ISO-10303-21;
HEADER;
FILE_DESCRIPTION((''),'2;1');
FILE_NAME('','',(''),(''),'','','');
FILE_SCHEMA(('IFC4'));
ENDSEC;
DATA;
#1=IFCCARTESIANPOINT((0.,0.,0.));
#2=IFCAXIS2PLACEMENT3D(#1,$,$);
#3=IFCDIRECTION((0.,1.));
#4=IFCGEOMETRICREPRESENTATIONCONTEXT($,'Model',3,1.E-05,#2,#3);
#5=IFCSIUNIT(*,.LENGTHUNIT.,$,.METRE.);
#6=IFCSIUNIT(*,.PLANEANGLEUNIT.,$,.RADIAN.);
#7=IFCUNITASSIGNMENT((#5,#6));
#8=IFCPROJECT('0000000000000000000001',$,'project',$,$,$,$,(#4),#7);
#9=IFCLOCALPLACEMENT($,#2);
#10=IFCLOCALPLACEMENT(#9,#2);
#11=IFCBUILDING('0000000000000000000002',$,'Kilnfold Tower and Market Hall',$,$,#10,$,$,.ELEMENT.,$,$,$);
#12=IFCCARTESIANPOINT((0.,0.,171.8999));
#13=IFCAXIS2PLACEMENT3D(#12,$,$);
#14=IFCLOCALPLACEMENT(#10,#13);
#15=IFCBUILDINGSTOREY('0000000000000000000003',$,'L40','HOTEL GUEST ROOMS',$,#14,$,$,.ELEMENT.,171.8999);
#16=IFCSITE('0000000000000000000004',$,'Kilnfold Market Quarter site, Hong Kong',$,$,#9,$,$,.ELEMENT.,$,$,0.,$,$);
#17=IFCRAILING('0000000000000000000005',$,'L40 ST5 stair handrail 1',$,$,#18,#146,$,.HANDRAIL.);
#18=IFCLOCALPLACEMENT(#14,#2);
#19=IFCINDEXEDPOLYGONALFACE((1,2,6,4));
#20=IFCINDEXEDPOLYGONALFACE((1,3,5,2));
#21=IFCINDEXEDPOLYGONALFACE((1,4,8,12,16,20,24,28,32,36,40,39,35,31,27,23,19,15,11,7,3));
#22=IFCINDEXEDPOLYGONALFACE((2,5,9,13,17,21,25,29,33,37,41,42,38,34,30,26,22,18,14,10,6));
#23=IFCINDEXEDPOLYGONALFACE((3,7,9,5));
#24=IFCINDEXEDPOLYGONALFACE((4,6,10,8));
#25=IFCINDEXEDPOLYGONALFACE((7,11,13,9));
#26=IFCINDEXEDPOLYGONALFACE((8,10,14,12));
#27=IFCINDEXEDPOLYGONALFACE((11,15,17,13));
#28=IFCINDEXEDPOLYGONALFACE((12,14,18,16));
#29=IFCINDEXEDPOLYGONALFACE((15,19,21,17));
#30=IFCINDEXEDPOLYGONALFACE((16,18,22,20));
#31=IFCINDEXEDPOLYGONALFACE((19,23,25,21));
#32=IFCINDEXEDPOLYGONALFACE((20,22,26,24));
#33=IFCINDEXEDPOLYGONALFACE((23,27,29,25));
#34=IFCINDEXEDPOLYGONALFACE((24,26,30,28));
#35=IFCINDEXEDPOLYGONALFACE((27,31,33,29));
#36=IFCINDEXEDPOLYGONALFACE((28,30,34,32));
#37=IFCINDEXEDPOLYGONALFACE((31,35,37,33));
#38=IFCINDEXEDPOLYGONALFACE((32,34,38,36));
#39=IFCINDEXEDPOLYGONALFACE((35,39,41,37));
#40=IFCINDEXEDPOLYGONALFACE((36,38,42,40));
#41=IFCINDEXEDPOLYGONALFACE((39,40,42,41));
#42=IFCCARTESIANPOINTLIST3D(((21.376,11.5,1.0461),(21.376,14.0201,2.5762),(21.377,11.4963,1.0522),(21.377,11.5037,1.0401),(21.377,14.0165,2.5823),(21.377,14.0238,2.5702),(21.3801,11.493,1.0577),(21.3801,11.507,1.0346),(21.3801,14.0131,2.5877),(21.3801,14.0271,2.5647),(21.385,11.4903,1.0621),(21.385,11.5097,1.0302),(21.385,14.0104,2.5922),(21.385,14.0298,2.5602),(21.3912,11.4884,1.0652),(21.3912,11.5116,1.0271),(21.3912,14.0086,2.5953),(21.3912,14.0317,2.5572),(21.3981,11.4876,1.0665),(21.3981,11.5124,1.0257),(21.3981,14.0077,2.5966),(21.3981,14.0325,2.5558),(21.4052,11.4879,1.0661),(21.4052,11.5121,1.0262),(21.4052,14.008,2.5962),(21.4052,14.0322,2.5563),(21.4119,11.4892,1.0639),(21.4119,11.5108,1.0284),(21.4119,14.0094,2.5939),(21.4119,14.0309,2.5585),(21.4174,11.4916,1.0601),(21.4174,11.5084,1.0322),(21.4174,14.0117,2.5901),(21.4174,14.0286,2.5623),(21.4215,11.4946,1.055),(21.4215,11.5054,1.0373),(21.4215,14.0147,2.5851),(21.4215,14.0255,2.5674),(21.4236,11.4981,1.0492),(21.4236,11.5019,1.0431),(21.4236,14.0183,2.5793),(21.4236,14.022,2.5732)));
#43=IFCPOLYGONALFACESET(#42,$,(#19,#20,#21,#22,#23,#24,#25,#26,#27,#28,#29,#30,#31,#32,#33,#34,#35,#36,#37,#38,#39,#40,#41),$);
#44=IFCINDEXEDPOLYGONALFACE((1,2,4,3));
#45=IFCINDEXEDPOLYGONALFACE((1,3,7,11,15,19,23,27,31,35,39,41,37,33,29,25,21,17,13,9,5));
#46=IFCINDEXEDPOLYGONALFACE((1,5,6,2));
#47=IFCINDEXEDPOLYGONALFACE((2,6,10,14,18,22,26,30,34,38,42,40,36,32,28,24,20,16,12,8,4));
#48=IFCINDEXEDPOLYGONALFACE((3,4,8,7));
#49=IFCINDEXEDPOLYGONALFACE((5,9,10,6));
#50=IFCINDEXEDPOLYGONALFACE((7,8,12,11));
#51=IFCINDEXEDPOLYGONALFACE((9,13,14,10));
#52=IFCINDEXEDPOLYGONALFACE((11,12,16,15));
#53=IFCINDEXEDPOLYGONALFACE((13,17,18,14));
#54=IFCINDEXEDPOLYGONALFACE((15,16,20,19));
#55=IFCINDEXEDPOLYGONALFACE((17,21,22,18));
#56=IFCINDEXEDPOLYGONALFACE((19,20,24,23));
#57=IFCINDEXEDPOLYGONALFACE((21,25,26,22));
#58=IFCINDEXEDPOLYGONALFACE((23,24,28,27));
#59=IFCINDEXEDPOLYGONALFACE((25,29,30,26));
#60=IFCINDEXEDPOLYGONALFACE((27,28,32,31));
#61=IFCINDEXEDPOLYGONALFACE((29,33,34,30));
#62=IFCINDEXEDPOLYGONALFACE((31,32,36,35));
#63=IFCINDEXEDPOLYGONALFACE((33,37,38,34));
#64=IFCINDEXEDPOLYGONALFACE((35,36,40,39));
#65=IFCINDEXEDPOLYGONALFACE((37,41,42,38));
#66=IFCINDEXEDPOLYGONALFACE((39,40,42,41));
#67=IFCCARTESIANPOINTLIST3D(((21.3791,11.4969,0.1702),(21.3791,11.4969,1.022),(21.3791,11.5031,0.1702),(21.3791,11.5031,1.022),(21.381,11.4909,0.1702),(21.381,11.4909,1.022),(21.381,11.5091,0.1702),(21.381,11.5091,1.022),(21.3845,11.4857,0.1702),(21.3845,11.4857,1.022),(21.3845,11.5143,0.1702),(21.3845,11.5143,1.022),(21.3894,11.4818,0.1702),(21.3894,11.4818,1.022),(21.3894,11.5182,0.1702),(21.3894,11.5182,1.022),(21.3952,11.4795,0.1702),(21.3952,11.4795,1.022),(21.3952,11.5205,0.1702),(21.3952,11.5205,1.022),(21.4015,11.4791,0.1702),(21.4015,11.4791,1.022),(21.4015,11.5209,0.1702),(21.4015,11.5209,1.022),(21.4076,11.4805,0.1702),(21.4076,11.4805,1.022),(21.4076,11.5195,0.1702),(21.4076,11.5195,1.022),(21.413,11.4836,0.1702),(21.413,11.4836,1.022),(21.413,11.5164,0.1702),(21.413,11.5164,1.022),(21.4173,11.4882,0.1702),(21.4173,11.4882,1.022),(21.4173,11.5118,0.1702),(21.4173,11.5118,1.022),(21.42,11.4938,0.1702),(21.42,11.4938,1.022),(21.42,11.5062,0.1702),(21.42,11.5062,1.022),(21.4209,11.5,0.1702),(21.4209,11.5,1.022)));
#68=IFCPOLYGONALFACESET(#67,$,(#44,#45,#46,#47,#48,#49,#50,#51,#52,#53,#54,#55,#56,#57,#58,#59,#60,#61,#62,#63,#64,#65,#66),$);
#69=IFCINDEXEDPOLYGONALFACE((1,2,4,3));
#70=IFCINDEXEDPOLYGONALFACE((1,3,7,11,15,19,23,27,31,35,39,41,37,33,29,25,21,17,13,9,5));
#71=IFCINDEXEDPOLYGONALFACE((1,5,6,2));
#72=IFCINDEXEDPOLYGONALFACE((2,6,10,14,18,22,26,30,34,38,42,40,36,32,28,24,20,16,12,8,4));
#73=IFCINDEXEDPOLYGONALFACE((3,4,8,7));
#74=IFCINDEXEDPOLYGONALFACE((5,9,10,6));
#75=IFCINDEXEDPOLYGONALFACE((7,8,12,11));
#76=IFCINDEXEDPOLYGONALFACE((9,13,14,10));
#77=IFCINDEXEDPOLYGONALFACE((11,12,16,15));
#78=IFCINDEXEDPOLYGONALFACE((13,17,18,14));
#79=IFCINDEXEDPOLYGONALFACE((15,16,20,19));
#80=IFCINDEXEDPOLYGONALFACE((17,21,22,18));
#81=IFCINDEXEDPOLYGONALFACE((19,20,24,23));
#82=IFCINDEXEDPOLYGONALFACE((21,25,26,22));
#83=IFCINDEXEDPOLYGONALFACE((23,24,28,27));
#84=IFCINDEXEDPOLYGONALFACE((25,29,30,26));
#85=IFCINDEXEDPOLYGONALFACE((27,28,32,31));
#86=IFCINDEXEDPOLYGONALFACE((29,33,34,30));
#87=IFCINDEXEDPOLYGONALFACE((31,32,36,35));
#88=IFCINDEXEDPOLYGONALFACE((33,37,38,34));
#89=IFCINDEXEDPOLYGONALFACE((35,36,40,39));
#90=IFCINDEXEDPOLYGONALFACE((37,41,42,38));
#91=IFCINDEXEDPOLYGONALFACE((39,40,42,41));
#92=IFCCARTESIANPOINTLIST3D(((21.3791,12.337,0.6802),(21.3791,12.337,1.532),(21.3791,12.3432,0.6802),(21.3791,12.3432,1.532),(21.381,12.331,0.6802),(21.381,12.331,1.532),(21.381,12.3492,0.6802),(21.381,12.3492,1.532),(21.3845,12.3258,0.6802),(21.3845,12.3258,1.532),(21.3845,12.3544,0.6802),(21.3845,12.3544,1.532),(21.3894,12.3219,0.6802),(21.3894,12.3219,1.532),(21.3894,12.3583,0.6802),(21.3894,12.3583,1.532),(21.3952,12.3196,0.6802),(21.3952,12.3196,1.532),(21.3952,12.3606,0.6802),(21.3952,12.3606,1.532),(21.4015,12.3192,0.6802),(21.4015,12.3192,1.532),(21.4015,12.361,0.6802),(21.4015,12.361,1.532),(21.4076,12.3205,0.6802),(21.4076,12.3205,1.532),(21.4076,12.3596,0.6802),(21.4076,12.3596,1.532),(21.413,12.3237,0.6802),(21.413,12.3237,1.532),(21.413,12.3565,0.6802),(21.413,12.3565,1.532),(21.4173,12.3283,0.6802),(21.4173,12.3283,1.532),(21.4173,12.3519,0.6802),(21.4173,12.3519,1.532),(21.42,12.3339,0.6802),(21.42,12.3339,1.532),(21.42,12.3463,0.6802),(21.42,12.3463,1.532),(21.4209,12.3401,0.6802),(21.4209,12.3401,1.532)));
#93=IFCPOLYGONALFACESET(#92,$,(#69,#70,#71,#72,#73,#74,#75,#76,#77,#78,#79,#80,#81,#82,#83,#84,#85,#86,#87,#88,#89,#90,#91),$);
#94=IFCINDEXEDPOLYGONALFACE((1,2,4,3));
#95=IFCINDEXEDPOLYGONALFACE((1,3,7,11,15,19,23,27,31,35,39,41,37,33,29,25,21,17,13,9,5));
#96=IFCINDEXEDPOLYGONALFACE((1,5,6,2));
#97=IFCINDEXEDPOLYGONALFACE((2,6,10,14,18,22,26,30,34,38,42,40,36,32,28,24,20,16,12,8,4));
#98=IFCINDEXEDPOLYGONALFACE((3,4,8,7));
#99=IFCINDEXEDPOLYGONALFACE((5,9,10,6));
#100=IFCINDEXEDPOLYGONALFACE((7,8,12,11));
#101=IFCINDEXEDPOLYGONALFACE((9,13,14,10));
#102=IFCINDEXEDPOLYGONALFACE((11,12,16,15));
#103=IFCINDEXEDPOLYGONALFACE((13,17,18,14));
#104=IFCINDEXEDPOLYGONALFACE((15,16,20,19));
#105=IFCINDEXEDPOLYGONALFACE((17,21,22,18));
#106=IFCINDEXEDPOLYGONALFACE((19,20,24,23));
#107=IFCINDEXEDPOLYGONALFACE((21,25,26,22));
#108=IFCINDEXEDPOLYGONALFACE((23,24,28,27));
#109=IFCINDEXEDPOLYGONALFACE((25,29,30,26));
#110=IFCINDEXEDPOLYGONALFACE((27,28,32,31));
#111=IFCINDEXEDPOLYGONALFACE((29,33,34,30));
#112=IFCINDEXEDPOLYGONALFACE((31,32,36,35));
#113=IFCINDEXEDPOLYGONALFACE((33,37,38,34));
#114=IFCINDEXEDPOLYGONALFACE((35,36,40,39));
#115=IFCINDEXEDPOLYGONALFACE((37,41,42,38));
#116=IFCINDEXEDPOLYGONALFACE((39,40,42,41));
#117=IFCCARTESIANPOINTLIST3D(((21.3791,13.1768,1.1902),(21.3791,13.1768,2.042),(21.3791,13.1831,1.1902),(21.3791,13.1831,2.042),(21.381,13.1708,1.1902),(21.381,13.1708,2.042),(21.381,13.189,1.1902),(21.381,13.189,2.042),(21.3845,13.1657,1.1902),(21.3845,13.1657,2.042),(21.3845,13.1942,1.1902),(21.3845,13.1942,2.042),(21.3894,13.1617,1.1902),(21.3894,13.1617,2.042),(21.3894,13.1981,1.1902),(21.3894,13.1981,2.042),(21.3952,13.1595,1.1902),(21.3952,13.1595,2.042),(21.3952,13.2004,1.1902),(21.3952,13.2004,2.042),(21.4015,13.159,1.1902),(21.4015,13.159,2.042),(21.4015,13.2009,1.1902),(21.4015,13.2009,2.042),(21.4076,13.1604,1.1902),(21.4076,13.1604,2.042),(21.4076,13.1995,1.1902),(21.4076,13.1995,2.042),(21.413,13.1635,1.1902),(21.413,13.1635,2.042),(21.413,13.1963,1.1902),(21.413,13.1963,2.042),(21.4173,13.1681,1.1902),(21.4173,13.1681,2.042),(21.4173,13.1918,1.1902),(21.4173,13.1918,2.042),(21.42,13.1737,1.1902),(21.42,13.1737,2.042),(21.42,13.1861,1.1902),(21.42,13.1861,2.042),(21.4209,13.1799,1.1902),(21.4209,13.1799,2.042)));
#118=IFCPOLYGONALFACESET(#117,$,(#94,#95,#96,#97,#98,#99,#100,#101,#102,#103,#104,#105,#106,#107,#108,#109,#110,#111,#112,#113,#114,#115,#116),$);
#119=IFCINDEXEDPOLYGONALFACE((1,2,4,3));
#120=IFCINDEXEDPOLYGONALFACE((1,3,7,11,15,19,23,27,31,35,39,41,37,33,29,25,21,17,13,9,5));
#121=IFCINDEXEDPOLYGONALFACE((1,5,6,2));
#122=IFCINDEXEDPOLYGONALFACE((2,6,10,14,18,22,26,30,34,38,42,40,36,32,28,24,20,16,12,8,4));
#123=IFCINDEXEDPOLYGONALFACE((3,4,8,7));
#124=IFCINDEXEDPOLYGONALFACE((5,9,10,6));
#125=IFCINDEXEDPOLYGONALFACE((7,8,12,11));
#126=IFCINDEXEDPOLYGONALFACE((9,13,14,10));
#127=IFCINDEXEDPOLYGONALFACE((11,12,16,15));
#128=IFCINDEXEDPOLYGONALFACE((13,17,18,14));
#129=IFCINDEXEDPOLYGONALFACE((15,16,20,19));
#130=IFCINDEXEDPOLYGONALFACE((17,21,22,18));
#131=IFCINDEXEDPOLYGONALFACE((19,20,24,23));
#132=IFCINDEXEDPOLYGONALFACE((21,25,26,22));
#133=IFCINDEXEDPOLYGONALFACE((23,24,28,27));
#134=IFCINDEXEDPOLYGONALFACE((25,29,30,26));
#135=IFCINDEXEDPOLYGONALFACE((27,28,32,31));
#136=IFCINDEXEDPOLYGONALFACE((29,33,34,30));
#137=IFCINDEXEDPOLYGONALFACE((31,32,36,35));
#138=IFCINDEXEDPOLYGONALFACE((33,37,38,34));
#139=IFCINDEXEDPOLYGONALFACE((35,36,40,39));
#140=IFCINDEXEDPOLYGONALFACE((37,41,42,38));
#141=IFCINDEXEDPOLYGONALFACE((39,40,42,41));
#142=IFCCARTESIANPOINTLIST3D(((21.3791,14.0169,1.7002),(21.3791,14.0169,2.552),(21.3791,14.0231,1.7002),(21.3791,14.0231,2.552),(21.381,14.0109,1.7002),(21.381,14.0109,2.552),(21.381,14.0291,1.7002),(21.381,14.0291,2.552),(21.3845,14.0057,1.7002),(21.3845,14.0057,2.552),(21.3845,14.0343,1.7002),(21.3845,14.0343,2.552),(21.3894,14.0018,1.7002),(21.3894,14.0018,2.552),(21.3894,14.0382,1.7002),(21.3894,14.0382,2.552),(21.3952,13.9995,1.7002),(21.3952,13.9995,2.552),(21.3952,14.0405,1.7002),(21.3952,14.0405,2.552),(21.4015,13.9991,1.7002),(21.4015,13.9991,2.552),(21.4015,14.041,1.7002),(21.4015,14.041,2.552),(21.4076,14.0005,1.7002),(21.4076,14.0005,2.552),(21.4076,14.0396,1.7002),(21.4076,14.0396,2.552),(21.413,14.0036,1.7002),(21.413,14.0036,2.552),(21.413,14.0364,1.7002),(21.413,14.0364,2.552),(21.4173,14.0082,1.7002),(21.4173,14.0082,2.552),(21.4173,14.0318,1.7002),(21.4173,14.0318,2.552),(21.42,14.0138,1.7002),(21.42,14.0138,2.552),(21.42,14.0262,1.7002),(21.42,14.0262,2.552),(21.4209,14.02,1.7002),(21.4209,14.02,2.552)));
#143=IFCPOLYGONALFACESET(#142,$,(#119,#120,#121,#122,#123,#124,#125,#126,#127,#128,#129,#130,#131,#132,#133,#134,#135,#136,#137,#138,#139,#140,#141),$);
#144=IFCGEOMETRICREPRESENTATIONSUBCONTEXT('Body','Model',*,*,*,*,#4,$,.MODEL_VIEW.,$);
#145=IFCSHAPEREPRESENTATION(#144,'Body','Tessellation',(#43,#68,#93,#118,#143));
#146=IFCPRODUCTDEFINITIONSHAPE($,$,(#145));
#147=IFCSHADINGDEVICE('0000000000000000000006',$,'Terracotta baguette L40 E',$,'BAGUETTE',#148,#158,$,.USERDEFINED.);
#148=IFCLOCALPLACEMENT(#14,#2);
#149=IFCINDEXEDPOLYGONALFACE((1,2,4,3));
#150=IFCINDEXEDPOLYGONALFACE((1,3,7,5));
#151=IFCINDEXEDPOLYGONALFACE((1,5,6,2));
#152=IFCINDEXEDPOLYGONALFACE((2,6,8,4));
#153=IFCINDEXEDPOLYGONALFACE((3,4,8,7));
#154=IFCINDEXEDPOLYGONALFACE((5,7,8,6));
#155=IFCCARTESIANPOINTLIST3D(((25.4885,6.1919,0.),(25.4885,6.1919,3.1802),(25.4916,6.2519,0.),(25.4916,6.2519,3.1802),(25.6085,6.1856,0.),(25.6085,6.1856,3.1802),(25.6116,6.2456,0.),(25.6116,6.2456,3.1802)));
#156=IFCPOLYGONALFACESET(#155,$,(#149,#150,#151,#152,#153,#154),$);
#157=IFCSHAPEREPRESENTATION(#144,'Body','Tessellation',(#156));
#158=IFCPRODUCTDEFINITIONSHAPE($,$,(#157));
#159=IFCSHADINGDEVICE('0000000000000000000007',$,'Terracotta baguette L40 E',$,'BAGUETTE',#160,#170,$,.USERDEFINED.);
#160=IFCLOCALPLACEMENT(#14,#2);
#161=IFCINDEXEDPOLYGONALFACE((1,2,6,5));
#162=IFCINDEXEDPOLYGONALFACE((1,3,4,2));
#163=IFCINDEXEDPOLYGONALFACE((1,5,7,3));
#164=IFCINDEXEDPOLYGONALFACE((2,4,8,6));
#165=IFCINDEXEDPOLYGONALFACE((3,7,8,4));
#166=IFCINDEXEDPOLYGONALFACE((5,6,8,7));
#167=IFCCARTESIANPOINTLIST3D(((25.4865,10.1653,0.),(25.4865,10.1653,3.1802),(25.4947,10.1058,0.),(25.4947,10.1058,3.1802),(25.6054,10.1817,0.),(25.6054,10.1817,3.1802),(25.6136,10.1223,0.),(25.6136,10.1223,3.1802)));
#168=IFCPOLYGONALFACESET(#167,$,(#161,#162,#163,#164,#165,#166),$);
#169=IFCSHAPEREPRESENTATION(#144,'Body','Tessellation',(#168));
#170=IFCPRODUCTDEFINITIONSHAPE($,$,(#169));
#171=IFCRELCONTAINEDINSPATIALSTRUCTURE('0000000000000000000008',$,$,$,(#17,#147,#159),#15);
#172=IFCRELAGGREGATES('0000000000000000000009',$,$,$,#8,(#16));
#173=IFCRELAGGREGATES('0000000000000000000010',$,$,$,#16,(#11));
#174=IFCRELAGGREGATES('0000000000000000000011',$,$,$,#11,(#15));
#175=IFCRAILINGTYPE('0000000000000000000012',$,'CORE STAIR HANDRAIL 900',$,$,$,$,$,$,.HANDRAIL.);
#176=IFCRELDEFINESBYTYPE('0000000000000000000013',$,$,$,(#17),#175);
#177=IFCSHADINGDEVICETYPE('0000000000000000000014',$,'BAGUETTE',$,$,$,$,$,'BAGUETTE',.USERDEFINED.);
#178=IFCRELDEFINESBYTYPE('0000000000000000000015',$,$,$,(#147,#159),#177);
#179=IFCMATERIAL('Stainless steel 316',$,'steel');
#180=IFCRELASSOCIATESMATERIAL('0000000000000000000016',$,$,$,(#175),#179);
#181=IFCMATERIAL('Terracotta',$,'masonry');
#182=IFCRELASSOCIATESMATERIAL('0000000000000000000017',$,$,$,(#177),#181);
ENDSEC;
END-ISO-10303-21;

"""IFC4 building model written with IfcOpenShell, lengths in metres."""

from ifc_helpers import new_model, si_unit, direction, frame, origin, origin_2d, place, context, subcontext, project, spatial, rectangle, circle, extrude, source, transform, mapped, material, material_profile, profile_set, type_object, element, save


model = new_model("IFC4")

# Units and contexts
model_context = context("Model", 3, precision=1e-05, world=origin(), true_north=direction((0.0, 1.0)))
body_context = subcontext(model_context, "Body", "Model", "MODEL_VIEW")
ifc_project = project(units=[si_unit("LENGTHUNIT", "METRE"), si_unit("PLANEANGLEUNIT", "RADIAN")], contexts=[model_context])

# Site, building, storey
site_placement = place(None, origin())
site = spatial("IfcSite", under=ifc_project, at=site_placement, Name="Kilnfold Market Quarter site, Hong Kong", CompositionType="ELEMENT", RefElevation=0.0)
building_placement = place(site_placement, origin())
building = spatial("IfcBuilding", under=site, at=building_placement, Name="Kilnfold Tower and Market Hall", CompositionType="ELEMENT")
storey_placement = place(building_placement, frame((0.0, 0.0, 171.8999)))
storey = spatial("IfcBuildingStorey", under=building, at=storey_placement, Name="L40", Description="HOTEL GUEST ROOMS", CompositionType="ELEMENT", Elevation=171.8999)

# Railing
ifc_material_1 = material(Name="Stainless steel 316", Category="steel")
railing_type_1 = type_object("IfcRailingType", Name="CORE STAIR HANDRAIL 900", PredefinedType="HANDRAIL", material=ifc_material_1)
railing_1_placement = place(storey_placement, frame((21.3999, 11.5, 0.1702)))
element("IfcRailing", 1, at=railing_1_placement, inside=storey, type_object=railing_type_1, Name="L40 ST5 stair handrail 1", PredefinedType="HANDRAIL", context=body_context, shape_type="SweptSolid", body=[
    extrude(circle(Radius=0.0239, at=origin_2d()), frame((0.0, 0.0, 0.876), z_axis=(0.0, 0.854785, 0.518982), x_axis=(-1.0, 0.0, 0.0)), (0.0, 0.0, 1.0), 2.9482),
    extrude(circle(Radius=0.021, at=origin_2d()), origin(), (0.0, 0.0, 1.0), 0.8518),
    extrude(circle(Radius=0.021, at=origin_2d()), frame((0.0, 0.8401, 0.51)), (0.0, 0.0, 1.0), 0.8518),
    extrude(circle(Radius=0.021, at=origin_2d()), frame((0.0, 1.6799, 1.02)), (0.0, 0.0, 1.0), 0.8518),
    extrude(circle(Radius=0.021, at=origin_2d()), frame((0.0, 2.52, 1.53)), (0.0, 0.0, 1.0), 0.8518),
])

# Shading devices
ifc_material_2 = material(Name="Terracotta", Category="masonry")
ifc_material_profile_1 = material_profile(ifc_material_2, rectangle(XDim=0.0601, YDim=0.1201, at=origin_2d()), Name="BAG 60x120")
ifc_profile_set_1 = profile_set([ifc_material_profile_1], Name="Terracotta")
shading_device_type = type_object("IfcShadingDeviceType", Name="BAGUETTE", ElementType="BAGUETTE", PredefinedType="USERDEFINED", material=ifc_profile_set_1)
shared_shape_1 = source(origin(), body_context, "Body", "SweptSolid", [
    extrude(rectangle(XDim=0.0601, YDim=0.1201, at=origin_2d()), origin(), (0.0, 0.0, 1.0), 3.1802),
])
for number, where, z_axis, x_axis, name in (
    (2, (25.55, 6.2188, 0.0), (0.0, 0.0, 1.0), (0.052392, 0.998627, 0.0), "Terracotta baguette L40 E"),
    (3, (25.55, 10.1438, 0.0), (0.0, 0.0, 1.0), (-0.136577, 0.99063, 0.0), "Terracotta baguette L40 E"),
):
    element("IfcShadingDevice", number, at=place(storey_placement, frame(where, z_axis=z_axis, x_axis=x_axis)), inside=storey, type_object=shading_device_type, Name=name, ObjectType="BAGUETTE", PredefinedType="USERDEFINED", context=body_context, shape_type="MappedRepresentation", body=[
        mapped(shared_shape_1, transform((0.0, 0.0, 0.0))),
    ])

save(model, "model.ifc")
